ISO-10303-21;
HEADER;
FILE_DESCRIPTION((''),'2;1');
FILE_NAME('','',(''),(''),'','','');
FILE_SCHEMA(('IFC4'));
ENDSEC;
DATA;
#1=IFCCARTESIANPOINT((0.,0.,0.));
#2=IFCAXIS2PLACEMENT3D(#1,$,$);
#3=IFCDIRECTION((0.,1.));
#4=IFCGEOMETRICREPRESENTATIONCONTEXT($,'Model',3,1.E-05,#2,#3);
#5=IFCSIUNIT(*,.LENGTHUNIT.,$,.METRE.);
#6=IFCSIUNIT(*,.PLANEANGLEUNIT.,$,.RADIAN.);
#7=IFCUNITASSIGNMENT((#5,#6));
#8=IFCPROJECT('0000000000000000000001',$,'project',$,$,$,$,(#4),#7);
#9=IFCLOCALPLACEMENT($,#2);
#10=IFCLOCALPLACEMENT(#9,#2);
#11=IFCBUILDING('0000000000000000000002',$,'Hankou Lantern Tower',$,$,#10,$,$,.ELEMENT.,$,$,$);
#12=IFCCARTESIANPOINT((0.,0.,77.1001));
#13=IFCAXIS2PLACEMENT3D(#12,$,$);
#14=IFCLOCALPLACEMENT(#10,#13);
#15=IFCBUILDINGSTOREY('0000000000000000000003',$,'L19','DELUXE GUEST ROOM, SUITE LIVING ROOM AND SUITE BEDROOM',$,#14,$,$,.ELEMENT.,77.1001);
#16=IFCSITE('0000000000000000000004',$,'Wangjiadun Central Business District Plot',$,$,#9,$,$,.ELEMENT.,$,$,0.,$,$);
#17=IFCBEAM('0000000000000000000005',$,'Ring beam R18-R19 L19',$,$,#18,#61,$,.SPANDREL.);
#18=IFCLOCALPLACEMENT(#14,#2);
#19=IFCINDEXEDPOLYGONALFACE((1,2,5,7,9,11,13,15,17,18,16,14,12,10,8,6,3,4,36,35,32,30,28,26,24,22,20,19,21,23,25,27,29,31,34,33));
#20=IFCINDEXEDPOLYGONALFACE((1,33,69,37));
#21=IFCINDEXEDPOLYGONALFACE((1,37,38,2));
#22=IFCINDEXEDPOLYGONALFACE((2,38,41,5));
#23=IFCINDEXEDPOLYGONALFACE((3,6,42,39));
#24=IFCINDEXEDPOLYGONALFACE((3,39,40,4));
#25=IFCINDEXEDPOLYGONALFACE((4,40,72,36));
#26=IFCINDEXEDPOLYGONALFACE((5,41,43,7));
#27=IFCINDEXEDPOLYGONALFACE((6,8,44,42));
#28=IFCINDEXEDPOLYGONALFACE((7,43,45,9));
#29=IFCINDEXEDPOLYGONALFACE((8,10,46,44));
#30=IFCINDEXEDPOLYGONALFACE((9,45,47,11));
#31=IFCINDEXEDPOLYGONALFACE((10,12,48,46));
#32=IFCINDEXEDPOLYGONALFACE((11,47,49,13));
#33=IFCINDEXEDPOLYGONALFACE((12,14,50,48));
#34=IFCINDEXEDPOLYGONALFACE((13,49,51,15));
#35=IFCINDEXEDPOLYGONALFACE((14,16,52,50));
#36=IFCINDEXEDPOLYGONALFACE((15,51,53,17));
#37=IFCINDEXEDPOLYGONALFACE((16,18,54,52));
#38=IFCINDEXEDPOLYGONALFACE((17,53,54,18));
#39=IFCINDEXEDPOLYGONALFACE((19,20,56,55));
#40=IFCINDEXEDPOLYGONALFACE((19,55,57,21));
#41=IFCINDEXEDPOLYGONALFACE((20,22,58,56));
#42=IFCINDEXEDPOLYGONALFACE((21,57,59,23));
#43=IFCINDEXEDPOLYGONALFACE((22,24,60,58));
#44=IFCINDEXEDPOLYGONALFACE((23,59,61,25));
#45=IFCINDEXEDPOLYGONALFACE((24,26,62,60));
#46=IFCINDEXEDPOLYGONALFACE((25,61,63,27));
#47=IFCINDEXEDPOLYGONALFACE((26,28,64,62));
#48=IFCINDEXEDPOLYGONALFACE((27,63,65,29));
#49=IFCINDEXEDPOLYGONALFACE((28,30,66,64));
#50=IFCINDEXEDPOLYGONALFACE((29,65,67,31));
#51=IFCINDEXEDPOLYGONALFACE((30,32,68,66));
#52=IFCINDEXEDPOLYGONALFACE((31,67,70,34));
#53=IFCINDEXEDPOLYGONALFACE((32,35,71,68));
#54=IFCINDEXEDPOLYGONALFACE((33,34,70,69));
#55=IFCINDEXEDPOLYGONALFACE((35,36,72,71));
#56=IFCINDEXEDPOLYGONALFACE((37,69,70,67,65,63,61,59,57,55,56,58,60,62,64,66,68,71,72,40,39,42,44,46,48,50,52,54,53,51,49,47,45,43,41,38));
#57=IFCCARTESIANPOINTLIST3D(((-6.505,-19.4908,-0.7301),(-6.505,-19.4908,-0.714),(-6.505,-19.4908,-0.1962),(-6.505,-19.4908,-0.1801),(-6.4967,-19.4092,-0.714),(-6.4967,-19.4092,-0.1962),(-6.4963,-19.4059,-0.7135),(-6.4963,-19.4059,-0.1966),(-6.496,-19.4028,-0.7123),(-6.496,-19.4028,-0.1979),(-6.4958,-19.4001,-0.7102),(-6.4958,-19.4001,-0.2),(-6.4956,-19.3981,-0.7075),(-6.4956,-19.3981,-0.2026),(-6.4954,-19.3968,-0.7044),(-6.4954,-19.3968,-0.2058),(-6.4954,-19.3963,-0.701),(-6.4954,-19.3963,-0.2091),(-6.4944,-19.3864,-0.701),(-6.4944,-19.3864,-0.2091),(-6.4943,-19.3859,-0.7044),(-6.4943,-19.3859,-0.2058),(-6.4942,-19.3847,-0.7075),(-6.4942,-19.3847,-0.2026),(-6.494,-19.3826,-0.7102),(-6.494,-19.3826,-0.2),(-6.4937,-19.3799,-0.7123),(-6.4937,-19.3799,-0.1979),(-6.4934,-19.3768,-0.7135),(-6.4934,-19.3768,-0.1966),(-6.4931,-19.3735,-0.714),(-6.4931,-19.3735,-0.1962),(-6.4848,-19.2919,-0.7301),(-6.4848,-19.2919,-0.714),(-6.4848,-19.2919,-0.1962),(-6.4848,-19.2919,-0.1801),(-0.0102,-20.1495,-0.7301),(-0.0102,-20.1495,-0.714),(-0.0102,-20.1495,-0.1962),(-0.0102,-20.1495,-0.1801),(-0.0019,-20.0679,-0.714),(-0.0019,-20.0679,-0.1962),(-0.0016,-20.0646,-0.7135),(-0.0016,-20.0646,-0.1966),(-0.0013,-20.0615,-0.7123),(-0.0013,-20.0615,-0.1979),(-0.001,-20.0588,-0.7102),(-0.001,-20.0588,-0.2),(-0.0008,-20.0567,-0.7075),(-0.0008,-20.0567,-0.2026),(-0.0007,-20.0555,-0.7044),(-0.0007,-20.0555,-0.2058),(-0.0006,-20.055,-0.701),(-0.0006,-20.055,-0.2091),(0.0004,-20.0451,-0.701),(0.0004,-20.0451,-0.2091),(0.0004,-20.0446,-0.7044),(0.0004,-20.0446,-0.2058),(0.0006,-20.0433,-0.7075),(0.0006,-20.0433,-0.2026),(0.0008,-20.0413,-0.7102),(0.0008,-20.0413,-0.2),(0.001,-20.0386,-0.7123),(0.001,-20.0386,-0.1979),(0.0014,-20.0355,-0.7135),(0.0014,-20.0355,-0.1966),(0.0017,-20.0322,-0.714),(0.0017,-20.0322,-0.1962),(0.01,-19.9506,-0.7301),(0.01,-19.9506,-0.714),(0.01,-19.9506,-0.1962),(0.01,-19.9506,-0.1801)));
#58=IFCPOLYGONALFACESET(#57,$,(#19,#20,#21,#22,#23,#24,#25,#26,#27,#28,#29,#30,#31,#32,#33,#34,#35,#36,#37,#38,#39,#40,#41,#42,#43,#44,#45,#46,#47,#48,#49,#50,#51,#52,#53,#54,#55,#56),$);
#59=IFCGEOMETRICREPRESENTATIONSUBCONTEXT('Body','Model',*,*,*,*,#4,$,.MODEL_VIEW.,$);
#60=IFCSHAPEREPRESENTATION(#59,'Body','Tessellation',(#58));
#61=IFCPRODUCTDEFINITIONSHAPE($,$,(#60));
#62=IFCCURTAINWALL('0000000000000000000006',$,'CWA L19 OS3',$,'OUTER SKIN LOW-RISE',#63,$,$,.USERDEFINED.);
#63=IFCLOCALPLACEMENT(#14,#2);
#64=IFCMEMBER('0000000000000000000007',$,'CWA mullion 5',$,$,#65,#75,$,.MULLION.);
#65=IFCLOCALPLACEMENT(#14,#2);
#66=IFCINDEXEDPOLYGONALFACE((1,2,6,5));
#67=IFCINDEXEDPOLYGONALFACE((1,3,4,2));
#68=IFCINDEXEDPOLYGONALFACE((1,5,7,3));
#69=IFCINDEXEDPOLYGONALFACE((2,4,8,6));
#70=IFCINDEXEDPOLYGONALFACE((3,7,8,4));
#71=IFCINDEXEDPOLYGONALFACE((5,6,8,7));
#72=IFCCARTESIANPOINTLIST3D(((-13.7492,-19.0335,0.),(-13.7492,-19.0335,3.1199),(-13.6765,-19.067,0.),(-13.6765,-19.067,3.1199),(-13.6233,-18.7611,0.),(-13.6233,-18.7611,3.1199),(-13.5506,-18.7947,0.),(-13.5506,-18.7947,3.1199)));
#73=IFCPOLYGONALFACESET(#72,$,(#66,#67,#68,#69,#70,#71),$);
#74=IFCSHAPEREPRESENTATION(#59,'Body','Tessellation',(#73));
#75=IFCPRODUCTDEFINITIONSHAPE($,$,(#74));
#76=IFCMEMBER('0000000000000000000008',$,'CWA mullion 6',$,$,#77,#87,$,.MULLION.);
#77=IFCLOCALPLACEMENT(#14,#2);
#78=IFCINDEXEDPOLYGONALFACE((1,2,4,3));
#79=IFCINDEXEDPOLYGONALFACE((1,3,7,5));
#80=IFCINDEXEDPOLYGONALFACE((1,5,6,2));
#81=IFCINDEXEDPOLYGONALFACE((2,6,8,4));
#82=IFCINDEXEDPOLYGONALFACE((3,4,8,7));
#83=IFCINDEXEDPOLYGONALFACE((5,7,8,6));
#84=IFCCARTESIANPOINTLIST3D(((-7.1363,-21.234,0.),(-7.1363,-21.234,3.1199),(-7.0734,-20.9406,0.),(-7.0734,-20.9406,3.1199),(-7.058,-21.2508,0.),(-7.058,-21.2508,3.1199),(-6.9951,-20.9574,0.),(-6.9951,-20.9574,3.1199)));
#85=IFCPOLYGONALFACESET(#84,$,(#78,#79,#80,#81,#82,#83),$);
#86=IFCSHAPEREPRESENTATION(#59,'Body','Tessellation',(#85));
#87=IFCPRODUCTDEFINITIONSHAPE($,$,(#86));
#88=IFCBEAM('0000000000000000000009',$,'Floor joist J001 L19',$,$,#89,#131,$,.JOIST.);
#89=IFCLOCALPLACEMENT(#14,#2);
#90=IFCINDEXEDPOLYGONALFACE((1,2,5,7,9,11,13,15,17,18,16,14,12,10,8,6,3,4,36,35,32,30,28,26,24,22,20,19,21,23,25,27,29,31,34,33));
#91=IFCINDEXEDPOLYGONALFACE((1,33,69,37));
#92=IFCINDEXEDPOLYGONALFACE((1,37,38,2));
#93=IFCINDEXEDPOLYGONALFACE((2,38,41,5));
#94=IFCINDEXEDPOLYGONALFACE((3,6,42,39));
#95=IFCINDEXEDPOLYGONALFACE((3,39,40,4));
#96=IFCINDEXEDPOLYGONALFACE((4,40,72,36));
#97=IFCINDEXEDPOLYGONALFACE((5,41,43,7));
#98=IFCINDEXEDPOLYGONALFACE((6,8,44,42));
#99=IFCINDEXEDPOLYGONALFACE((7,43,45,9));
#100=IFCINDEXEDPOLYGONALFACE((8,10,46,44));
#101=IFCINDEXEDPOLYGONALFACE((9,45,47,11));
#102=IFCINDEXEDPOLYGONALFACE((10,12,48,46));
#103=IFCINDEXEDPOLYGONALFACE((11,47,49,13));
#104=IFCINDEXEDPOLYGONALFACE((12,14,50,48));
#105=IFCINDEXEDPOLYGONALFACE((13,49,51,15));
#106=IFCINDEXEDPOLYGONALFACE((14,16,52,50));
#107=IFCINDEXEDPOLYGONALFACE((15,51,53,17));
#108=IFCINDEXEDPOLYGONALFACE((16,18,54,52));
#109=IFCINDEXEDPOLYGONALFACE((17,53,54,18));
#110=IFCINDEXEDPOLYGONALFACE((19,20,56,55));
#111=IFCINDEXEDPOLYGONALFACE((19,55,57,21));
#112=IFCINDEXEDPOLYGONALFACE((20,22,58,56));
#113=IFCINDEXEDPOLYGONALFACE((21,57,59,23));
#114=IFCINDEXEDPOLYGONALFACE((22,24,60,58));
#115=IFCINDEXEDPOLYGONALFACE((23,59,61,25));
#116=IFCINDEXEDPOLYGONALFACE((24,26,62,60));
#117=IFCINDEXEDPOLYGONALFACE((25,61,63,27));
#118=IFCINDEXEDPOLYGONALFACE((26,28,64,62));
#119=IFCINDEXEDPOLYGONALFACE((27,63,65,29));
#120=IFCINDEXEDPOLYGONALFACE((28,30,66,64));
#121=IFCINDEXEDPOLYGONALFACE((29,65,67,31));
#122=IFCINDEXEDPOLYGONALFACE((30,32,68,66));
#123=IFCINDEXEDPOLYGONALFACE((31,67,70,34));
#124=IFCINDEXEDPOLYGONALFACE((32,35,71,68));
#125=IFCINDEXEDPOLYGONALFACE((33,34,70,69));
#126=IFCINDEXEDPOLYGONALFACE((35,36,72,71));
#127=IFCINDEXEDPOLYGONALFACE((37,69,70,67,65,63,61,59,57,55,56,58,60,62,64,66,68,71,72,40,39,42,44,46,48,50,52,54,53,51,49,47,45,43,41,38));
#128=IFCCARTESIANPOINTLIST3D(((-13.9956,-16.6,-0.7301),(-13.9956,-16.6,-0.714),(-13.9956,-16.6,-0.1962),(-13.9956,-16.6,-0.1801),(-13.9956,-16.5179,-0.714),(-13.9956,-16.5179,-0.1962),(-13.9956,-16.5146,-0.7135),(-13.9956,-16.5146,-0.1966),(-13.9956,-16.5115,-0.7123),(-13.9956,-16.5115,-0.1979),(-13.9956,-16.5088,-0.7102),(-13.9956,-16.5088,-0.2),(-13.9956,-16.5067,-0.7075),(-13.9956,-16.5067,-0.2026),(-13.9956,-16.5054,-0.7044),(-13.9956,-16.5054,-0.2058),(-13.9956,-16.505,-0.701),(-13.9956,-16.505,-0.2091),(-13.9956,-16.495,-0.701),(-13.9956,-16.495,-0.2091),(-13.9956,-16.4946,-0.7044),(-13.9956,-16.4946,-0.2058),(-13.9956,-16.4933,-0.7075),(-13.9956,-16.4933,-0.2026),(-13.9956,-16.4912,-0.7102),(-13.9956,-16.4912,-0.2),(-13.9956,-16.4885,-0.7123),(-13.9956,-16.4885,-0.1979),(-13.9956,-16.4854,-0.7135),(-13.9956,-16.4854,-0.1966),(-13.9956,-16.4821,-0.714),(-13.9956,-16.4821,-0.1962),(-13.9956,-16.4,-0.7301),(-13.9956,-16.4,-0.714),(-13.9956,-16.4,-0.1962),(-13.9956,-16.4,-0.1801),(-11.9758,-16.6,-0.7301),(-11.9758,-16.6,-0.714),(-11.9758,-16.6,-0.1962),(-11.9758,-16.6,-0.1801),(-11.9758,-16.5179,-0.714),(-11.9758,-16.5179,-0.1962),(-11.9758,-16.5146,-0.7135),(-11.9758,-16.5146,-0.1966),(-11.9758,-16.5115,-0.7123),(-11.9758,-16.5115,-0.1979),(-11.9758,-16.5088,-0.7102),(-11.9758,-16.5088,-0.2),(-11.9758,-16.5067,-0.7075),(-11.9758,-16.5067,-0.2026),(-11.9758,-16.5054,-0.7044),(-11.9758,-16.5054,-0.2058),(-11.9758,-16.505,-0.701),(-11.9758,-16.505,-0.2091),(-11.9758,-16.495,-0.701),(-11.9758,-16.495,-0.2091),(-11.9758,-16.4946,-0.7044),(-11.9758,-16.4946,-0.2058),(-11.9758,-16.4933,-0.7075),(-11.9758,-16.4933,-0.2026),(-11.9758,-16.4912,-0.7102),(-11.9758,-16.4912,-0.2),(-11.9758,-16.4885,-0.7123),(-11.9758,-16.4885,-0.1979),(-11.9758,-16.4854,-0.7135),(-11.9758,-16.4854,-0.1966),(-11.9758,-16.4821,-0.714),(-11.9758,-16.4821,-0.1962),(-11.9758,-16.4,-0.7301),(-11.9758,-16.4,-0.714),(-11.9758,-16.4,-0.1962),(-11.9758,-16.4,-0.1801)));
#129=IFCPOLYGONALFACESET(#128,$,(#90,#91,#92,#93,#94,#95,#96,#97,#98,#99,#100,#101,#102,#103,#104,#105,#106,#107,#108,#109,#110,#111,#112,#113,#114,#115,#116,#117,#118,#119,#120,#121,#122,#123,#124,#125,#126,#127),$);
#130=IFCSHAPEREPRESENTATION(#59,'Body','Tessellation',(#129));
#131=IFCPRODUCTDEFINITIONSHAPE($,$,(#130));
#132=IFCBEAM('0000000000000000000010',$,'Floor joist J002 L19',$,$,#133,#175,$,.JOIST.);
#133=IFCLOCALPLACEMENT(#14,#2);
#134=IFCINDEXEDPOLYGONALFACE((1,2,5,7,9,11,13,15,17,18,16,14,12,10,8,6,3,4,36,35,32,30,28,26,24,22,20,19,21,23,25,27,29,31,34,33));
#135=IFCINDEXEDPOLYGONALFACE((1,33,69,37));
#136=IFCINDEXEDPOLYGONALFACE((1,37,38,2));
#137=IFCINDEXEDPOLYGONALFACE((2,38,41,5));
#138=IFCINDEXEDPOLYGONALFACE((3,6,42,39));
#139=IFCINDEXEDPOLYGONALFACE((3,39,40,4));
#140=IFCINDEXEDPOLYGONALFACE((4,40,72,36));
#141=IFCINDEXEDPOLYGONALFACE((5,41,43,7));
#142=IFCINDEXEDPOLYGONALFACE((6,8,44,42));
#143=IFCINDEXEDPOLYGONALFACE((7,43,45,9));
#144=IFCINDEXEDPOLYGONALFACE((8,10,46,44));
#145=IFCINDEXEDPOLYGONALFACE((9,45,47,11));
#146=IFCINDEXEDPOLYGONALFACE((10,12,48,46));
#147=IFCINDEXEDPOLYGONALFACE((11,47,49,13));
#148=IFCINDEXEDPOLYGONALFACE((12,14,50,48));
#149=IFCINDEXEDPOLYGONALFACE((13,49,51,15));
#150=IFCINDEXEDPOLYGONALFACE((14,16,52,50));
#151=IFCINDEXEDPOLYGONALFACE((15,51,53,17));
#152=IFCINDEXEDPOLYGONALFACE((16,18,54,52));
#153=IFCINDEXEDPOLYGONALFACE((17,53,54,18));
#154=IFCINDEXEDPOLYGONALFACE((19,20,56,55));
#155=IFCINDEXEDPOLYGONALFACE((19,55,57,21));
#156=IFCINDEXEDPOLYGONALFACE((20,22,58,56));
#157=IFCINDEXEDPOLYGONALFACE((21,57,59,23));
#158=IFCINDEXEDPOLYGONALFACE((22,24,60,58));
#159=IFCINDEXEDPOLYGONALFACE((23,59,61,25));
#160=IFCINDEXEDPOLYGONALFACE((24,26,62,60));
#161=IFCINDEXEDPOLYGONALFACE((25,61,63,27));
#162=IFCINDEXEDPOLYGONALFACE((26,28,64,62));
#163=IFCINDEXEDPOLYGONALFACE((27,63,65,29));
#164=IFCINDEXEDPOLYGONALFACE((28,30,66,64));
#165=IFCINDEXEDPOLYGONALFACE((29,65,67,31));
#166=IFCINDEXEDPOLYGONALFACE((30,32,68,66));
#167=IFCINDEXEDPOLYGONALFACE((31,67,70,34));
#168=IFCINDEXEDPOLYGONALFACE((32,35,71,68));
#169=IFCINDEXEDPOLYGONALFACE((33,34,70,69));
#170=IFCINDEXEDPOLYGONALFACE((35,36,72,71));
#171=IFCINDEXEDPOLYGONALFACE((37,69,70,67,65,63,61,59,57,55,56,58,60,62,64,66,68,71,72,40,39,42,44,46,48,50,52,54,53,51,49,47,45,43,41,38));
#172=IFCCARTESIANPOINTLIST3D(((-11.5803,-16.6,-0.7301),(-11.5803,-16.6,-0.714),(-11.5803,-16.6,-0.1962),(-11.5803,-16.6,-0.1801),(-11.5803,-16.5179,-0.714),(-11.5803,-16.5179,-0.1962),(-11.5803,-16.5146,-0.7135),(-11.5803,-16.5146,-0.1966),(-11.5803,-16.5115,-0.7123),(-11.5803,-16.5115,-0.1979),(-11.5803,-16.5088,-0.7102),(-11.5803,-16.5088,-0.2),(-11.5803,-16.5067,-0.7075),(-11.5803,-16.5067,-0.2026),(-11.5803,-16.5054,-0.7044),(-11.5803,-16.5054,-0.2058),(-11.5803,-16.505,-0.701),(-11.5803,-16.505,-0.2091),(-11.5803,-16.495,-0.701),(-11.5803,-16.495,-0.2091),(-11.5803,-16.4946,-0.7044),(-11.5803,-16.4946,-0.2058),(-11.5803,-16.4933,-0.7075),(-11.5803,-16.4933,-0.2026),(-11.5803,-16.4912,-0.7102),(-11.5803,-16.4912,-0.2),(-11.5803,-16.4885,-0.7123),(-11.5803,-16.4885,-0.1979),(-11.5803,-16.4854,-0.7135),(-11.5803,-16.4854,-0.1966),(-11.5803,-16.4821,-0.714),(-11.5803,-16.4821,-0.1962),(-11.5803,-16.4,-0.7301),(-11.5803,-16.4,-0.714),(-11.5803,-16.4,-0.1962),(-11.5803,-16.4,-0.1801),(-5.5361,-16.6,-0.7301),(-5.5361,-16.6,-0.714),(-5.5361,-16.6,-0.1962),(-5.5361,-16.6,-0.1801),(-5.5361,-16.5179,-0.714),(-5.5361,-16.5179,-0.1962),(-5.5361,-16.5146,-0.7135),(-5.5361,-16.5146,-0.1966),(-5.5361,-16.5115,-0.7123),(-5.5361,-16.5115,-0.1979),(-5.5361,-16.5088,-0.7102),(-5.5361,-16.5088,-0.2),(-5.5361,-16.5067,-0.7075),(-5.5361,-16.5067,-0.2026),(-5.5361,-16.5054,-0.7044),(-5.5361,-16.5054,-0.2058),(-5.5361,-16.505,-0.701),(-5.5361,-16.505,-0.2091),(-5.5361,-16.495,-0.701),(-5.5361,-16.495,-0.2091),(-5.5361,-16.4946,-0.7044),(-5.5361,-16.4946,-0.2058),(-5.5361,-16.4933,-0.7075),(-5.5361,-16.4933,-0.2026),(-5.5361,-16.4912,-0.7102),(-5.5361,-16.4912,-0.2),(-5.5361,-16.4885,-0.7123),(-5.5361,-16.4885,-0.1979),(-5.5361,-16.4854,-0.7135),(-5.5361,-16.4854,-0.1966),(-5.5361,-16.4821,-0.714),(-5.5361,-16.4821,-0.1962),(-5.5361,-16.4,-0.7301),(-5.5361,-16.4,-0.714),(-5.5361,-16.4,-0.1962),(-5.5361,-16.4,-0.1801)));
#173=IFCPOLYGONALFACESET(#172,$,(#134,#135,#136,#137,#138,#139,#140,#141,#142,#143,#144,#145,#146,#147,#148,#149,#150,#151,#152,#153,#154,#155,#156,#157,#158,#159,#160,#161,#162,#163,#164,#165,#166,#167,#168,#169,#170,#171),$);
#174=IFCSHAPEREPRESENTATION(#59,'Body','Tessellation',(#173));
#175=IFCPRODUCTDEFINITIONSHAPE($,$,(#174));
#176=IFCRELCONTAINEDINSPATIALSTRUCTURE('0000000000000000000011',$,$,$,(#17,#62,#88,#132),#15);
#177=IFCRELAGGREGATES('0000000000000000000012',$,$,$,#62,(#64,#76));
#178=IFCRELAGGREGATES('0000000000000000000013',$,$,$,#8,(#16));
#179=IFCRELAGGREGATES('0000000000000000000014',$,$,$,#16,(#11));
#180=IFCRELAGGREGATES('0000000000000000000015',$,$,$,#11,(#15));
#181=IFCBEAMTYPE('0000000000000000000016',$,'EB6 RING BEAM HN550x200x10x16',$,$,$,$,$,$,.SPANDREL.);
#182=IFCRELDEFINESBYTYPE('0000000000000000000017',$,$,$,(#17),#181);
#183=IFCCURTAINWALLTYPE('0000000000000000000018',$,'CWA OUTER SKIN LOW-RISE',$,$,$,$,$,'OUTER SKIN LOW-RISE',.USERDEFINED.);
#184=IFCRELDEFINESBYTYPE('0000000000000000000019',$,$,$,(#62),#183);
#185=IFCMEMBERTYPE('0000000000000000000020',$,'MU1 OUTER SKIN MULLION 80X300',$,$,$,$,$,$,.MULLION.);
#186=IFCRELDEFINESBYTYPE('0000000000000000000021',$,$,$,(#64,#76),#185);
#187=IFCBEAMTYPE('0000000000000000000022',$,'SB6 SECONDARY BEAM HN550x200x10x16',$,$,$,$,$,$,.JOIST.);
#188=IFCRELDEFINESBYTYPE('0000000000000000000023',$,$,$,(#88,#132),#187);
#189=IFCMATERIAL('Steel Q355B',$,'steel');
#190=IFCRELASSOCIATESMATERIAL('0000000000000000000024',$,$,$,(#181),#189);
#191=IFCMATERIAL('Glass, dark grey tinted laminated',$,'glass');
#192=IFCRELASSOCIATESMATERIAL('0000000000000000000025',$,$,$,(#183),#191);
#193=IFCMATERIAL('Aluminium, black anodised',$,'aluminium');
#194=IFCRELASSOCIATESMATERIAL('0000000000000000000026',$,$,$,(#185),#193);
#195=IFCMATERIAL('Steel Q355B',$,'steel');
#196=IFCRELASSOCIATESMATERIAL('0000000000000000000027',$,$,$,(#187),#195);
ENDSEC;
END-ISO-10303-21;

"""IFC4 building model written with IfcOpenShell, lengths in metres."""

from ifc_helpers import new_model, si_unit, direction, frame, origin, origin_2d, place, context, subcontext, project, spatial, rectangle, i_section, extrude, material, material_profile, profile_set, type_object, element, aggregate, save


model = new_model("IFC4")

# Units and contexts
model_context = context("Model", 3, precision=1e-05, world=origin(), true_north=direction((0.0, 1.0)))
body_context = subcontext(model_context, "Body", "Model", "MODEL_VIEW")
ifc_project = project(units=[si_unit("LENGTHUNIT", "METRE"), si_unit("PLANEANGLEUNIT", "RADIAN")], contexts=[model_context])

# Site, building, storey
site_placement = place(None, origin())
site = spatial("IfcSite", under=ifc_project, at=site_placement, Name="Wangjiadun Central Business District Plot", CompositionType="ELEMENT", RefElevation=0.0)
building_placement = place(site_placement, origin())
building = spatial("IfcBuilding", under=site, at=building_placement, Name="Hankou Lantern Tower", CompositionType="ELEMENT")
storey_placement = place(building_placement, frame((0.0, 0.0, 77.1001)))
storey = spatial("IfcBuildingStorey", under=building, at=storey_placement, Name="L19", Description="DELUXE GUEST ROOM, SUITE LIVING ROOM AND SUITE BEDROOM", CompositionType="ELEMENT", Elevation=77.1001)

# Beam
ifc_material_1 = material(Name="Steel Q355B", Category="steel")
ifc_material_profile_1 = material_profile(ifc_material_1, i_section(OverallWidth=0.2, OverallDepth=0.55, WebThickness=0.01, FlangeThickness=0.0161, FilletRadius=0.0129, at=origin_2d()), Name="HN550x200x10x16")
ifc_profile_set_1 = profile_set([ifc_material_profile_1], Name="Steel Q355B")
beam_type_1 = type_object("IfcBeamType", Name="EB6 RING BEAM HN550x200x10x16", PredefinedType="SPANDREL", material=ifc_profile_set_1)
beam_1_placement = place(storey_placement, frame((-6.4949, -19.3914, -0.4551), z_axis=(0.994897, -0.1009, 0.0), x_axis=(0.1009, 0.994897, 0.0)))
element("IfcBeam", 1, at=beam_1_placement, inside=storey, type_object=beam_type_1, Name="Ring beam R18-R19 L19", PredefinedType="SPANDREL", context=body_context, shape_type="SweptSolid", body=[
    extrude(i_section(OverallWidth=0.2, OverallDepth=0.55, WebThickness=0.01, FlangeThickness=0.0161, FilletRadius=0.0129, at=origin_2d()), origin(), (0.0, 0.0, 1.0), 6.5281),
])

# Curtain wall, members
ifc_material_2 = material(Name="Glass, dark grey tinted laminated", Category="glass")
curtain_wall_type = type_object("IfcCurtainWallType", Name="CWA OUTER SKIN LOW-RISE", ElementType="OUTER SKIN LOW-RISE", PredefinedType="USERDEFINED", material=ifc_material_2)
curtain_wall_placement = place(storey_placement, origin())
curtain_wall = element("IfcCurtainWall", 2, at=curtain_wall_placement, inside=storey, type_object=curtain_wall_type, Name="CWA L19 OS3", ObjectType="OUTER SKIN LOW-RISE", PredefinedType="USERDEFINED")
ifc_material_3 = material(Name="Aluminium, black anodised", Category="aluminium")
ifc_material_profile_2 = material_profile(ifc_material_3, rectangle(XDim=0.0801, YDim=0.3, at=origin_2d()), Name="MU1 80X300")
ifc_profile_set_2 = profile_set([ifc_material_profile_2], Name="Aluminium, black anodised")
member_type_1 = type_object("IfcMemberType", Name="MU1 OUTER SKIN MULLION 80X300", PredefinedType="MULLION", material=ifc_profile_set_2)
member_1_placement = place(storey_placement, frame((-13.6499, -18.9141, 0.0), z_axis=(0.0, 0.0, 1.0), x_axis=(0.907841, -0.419314, 0.0)))
member_1 = element("IfcMember", 3, at=member_1_placement, type_object=member_type_1, Name="CWA mullion 5", PredefinedType="MULLION", context=body_context, shape_type="SweptSolid", body=[
    extrude(rectangle(XDim=0.0801, YDim=0.3, at=origin_2d()), origin(), (0.0, 0.0, 1.0), 3.1199),
])
member_2_placement = place(storey_placement, frame((-7.0657, -21.0957, 0.0), z_axis=(0.0, 0.0, 1.0), x_axis=(0.977788, -0.209598, 0.0)))
member_2 = element("IfcMember", 4, at=member_2_placement, type_object=member_type_1, Name="CWA mullion 6", PredefinedType="MULLION", context=body_context, shape_type="SweptSolid", body=[
    extrude(rectangle(XDim=0.0801, YDim=0.3, at=origin_2d()), origin(), (0.0, 0.0, 1.0), 3.1199),
])

# Beams
ifc_material_4 = material(Name="Steel Q355B", Category="steel")
ifc_material_profile_3 = material_profile(ifc_material_4, i_section(OverallWidth=0.2, OverallDepth=0.55, WebThickness=0.01, FlangeThickness=0.0161, FilletRadius=0.0129, at=origin_2d()), Name="HN550x200x10x16")
ifc_profile_set_3 = profile_set([ifc_material_profile_3], Name="Steel Q355B")
beam_type_2 = type_object("IfcBeamType", Name="SB6 SECONDARY BEAM HN550x200x10x16", PredefinedType="JOIST", material=ifc_profile_set_3)
beam_2_placement = place(storey_placement, frame((-13.9956, -16.5, -0.4551), z_axis=(1.0, 0.0, 0.0), x_axis=(0.0, 1.0, 0.0)))
element("IfcBeam", 5, at=beam_2_placement, inside=storey, type_object=beam_type_2, Name="Floor joist J001 L19", PredefinedType="JOIST", context=body_context, shape_type="SweptSolid", body=[
    extrude(i_section(OverallWidth=0.2, OverallDepth=0.55, WebThickness=0.01, FlangeThickness=0.0161, FilletRadius=0.0129, at=origin_2d()), origin(), (0.0, 0.0, 1.0), 2.0198),
])
beam_3_placement = place(storey_placement, frame((-11.5803, -16.5, -0.4551), z_axis=(1.0, 0.0, 0.0), x_axis=(0.0, 1.0, 0.0)))
element("IfcBeam", 6, at=beam_3_placement, inside=storey, type_object=beam_type_2, Name="Floor joist J002 L19", PredefinedType="JOIST", context=body_context, shape_type="SweptSolid", body=[
    extrude(i_section(OverallWidth=0.2, OverallDepth=0.55, WebThickness=0.01, FlangeThickness=0.0161, FilletRadius=0.0129, at=origin_2d()), origin(), (0.0, 0.0, 1.0), 6.0442),
])

aggregate(curtain_wall, [member_1, member_2])

save(model, "model.ifc")
